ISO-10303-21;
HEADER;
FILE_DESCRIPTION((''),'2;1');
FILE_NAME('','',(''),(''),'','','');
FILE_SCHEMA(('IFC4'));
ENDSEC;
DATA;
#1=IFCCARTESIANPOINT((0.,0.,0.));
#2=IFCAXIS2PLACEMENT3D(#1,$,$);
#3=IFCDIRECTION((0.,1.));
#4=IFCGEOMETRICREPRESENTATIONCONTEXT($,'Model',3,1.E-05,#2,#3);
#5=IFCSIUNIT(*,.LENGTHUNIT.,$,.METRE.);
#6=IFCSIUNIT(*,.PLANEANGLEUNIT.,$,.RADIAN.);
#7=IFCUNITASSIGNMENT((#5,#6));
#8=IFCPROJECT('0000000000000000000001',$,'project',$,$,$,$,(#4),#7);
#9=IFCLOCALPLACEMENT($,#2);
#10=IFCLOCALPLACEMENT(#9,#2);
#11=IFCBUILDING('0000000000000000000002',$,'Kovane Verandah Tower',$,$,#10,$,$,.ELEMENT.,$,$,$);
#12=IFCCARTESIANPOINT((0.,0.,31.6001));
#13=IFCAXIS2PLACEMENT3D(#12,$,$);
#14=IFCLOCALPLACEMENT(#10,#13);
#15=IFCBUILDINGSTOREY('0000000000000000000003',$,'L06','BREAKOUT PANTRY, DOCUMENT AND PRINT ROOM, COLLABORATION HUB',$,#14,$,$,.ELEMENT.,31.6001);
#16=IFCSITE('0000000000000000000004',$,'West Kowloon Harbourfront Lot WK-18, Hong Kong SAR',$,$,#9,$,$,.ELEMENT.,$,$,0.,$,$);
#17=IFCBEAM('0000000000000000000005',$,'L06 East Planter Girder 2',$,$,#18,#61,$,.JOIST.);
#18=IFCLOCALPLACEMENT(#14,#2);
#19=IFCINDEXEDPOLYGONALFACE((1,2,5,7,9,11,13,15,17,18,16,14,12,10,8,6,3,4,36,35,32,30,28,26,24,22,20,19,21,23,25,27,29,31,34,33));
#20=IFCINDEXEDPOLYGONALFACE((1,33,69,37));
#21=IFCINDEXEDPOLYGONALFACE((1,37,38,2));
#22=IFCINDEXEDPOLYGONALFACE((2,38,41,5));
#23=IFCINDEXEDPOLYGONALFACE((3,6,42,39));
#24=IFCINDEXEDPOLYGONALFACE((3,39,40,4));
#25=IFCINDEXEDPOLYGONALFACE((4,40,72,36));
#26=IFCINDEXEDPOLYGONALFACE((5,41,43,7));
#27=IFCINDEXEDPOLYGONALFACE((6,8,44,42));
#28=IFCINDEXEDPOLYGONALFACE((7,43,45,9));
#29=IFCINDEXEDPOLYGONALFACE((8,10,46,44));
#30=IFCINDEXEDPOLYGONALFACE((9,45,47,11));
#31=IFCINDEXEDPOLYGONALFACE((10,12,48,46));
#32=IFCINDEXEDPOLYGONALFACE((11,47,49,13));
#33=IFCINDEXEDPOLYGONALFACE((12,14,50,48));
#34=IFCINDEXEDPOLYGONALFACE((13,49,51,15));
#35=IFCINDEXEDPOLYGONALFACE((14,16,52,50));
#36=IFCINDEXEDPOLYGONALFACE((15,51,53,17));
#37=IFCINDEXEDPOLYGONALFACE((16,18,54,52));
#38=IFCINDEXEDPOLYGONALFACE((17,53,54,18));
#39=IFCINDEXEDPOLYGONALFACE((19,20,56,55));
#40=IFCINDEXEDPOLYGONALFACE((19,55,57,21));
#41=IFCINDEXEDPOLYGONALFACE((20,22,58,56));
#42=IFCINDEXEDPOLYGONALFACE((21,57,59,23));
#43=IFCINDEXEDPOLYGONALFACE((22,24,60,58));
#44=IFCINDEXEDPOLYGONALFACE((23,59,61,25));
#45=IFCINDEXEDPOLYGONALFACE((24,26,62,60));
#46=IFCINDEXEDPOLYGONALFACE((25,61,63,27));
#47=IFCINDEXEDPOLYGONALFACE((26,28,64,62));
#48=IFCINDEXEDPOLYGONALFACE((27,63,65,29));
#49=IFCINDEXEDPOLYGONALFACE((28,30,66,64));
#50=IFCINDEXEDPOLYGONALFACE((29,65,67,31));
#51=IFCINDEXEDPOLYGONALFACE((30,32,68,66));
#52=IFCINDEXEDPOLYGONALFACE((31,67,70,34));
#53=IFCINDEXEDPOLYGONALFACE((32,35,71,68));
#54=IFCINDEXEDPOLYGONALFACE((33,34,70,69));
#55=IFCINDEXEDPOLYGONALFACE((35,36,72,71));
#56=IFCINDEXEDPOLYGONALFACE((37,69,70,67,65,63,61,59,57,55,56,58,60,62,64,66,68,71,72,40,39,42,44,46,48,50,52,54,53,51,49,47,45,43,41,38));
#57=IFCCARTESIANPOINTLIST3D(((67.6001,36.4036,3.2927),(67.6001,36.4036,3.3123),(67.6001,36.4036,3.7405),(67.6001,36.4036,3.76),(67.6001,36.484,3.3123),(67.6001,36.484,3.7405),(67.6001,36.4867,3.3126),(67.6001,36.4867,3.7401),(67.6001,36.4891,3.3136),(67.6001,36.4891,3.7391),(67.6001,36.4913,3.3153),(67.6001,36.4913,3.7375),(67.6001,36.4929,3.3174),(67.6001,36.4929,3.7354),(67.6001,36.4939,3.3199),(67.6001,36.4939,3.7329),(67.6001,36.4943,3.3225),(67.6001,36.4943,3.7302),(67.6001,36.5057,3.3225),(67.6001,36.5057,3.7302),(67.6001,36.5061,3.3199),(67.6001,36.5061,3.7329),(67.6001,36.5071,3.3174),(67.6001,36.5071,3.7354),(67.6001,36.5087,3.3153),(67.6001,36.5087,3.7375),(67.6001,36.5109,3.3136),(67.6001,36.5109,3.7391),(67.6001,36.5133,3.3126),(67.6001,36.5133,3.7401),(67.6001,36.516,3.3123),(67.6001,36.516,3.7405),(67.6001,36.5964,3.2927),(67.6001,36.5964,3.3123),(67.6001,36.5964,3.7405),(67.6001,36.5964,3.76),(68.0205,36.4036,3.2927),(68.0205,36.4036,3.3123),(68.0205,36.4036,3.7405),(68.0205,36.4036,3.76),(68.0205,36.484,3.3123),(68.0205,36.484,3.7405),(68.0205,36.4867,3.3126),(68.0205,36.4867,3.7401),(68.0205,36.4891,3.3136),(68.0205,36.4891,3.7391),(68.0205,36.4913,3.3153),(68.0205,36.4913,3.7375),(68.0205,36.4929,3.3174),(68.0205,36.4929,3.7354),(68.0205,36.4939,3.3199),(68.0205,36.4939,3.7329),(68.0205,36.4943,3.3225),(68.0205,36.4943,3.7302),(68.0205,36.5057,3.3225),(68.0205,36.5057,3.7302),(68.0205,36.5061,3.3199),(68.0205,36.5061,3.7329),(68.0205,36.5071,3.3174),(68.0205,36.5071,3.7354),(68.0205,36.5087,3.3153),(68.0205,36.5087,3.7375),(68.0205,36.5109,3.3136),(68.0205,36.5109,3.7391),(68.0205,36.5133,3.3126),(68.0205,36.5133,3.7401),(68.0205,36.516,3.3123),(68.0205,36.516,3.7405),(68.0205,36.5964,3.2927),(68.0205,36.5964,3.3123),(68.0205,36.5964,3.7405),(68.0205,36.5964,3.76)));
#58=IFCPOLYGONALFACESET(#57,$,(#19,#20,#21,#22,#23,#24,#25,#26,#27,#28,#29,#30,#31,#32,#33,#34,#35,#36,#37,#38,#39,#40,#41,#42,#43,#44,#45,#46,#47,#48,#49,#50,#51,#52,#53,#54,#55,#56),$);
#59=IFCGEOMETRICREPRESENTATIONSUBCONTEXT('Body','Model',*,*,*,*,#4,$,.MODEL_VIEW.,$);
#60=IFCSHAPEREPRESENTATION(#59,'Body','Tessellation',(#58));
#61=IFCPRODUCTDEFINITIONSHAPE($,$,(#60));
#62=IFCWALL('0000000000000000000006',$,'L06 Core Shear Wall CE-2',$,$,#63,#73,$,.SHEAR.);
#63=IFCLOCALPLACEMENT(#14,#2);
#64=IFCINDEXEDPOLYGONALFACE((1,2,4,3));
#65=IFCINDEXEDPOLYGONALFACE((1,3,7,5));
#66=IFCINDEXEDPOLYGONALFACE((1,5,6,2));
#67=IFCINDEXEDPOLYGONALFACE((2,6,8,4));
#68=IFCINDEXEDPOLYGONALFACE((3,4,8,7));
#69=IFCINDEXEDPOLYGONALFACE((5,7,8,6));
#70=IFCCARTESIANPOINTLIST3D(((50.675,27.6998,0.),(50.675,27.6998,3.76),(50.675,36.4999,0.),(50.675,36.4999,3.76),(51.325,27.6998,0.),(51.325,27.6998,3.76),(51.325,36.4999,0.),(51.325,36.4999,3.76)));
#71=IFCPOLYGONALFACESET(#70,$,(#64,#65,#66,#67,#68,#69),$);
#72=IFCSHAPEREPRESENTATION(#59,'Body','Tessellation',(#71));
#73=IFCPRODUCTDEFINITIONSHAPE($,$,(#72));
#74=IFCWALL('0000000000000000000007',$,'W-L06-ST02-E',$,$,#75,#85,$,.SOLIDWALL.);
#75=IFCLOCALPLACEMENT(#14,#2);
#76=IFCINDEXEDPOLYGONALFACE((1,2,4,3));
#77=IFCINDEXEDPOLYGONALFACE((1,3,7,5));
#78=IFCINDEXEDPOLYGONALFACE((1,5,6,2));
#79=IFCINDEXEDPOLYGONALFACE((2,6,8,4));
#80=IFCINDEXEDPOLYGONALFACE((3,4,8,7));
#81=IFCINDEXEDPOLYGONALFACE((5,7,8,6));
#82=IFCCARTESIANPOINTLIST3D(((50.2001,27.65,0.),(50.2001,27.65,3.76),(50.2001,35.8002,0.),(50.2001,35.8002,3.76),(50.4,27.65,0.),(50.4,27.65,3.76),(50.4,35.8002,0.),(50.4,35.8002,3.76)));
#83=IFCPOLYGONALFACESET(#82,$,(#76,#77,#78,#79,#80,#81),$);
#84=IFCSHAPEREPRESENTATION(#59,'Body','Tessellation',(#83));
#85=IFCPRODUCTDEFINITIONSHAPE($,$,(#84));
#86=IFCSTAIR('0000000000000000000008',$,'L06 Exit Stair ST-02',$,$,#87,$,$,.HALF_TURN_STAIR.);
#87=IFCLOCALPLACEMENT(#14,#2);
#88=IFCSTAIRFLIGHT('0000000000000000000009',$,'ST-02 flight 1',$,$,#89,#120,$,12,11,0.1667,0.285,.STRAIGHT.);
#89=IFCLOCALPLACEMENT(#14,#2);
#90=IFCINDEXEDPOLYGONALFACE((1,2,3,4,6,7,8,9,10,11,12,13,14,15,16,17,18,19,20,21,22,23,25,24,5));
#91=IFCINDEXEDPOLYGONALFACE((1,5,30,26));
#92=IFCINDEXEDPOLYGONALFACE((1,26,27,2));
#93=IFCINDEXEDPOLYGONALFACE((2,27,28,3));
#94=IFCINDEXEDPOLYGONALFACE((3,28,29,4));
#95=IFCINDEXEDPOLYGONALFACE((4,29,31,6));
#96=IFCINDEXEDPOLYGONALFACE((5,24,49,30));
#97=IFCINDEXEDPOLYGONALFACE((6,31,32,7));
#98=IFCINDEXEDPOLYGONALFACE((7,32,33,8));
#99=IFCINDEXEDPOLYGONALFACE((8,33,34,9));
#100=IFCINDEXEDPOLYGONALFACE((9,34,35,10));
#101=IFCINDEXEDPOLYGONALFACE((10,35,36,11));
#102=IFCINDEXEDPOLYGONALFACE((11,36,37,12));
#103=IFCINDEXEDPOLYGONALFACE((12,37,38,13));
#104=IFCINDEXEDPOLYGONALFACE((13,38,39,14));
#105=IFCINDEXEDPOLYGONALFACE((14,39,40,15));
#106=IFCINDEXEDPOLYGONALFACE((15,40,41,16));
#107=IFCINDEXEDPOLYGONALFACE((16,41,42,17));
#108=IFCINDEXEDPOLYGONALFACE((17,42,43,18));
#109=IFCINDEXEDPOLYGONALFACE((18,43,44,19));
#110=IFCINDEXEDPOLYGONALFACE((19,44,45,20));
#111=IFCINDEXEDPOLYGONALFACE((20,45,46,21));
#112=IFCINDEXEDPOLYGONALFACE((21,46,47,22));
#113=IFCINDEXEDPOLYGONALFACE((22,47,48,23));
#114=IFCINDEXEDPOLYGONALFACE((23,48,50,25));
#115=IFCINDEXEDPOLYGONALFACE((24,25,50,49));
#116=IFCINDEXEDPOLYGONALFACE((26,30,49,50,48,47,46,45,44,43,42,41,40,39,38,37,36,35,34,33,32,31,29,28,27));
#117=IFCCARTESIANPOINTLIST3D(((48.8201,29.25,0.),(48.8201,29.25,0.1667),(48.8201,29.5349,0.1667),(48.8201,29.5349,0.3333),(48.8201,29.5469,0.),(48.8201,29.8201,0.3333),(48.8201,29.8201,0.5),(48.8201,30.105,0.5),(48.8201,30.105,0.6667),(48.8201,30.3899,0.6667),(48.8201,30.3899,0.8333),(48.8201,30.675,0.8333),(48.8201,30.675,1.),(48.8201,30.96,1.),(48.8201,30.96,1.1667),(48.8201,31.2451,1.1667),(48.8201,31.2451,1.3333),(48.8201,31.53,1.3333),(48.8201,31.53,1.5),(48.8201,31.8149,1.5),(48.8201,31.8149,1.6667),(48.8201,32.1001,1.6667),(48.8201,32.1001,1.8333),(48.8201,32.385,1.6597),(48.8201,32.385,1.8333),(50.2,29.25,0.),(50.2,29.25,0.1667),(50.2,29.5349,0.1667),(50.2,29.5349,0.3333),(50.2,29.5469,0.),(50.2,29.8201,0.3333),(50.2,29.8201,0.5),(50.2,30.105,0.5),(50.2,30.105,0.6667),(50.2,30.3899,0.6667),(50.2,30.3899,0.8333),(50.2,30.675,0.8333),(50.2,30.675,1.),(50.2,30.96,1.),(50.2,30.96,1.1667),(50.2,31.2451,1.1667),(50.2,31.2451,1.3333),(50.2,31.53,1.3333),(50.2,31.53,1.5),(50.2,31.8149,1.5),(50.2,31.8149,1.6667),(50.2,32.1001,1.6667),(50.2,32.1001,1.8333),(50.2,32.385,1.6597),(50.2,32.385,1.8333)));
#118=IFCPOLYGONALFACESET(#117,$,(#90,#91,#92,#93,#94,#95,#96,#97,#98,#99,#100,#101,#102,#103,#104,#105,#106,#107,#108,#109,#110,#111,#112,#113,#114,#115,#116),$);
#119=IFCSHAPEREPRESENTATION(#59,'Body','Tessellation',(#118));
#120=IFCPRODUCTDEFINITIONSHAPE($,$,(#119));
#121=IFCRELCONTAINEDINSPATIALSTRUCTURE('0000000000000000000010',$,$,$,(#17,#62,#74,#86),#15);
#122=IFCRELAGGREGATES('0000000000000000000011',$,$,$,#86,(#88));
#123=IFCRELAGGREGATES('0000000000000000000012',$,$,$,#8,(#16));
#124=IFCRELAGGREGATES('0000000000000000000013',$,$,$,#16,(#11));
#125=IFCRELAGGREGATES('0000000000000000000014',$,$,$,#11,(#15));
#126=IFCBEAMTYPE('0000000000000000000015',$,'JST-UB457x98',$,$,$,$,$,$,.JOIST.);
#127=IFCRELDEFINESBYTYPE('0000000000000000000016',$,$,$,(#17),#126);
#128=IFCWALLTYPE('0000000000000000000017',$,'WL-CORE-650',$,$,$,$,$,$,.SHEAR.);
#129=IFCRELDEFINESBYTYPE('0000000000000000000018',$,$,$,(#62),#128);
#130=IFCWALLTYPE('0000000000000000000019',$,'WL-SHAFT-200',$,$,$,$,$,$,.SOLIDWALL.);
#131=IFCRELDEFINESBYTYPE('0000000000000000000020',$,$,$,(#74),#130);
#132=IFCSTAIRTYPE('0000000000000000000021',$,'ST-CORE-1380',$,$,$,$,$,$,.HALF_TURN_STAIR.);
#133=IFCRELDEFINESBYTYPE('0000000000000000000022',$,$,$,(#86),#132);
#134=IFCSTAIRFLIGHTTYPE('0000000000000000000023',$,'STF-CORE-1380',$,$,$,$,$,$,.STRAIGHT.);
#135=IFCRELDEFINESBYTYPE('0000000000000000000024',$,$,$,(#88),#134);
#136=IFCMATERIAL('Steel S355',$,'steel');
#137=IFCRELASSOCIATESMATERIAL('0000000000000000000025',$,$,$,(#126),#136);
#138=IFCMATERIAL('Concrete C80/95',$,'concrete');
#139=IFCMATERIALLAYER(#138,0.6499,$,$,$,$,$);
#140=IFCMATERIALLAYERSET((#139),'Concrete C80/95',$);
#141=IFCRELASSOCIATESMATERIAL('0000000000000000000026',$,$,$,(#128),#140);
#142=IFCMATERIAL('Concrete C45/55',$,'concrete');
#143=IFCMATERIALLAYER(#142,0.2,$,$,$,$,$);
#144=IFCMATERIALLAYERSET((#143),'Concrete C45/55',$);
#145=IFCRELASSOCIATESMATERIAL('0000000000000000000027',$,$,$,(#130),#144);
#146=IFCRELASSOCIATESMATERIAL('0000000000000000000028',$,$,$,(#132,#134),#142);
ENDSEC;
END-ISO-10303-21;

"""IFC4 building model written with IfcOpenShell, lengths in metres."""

from ifc_helpers import new_model, si_unit, direction, frame, frame_2d, origin, origin_2d, place, context, subcontext, project, spatial, polyline, rectangle, i_section, outline, extrude, material, layer, layer_set, material_profile, profile_set, type_object, element, aggregate, save


model = new_model("IFC4")

# Units and contexts
model_context = context("Model", 3, precision=1e-05, world=origin(), true_north=direction((0.0, 1.0)))
body_context = subcontext(model_context, "Body", "Model", "MODEL_VIEW")
ifc_project = project(units=[si_unit("LENGTHUNIT", "METRE"), si_unit("PLANEANGLEUNIT", "RADIAN")], contexts=[model_context])

# Site, building, storey
site_placement = place(None, origin())
site = spatial("IfcSite", under=ifc_project, at=site_placement, Name="West Kowloon Harbourfront Lot WK-18, Hong Kong SAR", CompositionType="ELEMENT", RefElevation=0.0)
building_placement = place(site_placement, origin())
building = spatial("IfcBuilding", under=site, at=building_placement, Name="Kovane Verandah Tower", CompositionType="ELEMENT")
storey_placement = place(building_placement, frame((0.0, 0.0, 31.6001)))
storey = spatial("IfcBuildingStorey", under=building, at=storey_placement, Name="L06", Description="BREAKOUT PANTRY, DOCUMENT AND PRINT ROOM, COLLABORATION HUB", CompositionType="ELEMENT", Elevation=31.6001)

# Shared definitions
ifc_material_1 = material(Name="Concrete C80/95", Category="concrete")

# Beam
ifc_material_2 = material(Name="Steel S355", Category="steel")
ifc_material_profile_1 = material_profile(ifc_material_2, i_section(OverallWidth=0.1929, OverallDepth=0.4673, WebThickness=0.0115, FlangeThickness=0.0195, FilletRadius=0.0103, at=origin_2d()), Name="UB457x191x98")
ifc_profile_set_1 = profile_set([ifc_material_profile_1], Name="Steel S355")
beam_type_1 = type_object("IfcBeamType", Name="JST-UB457x98", PredefinedType="JOIST", material=ifc_profile_set_1)
beam_1_placement = place(storey_placement, frame((67.6001, 36.5, 3.5264), z_axis=(1.0, 0.0, 0.0), x_axis=(0.0, 1.0, 0.0)))
element("IfcBeam", 1, at=beam_1_placement, inside=storey, type_object=beam_type_1, Name="L06 East Planter Girder 2", PredefinedType="JOIST", context=body_context, shape_type="SweptSolid", body=[
    extrude(i_section(OverallWidth=0.1929, OverallDepth=0.4673, WebThickness=0.0115, FlangeThickness=0.0195, FilletRadius=0.0103, at=origin_2d()), origin(), (0.0, 0.0, 1.0), 0.4204),
])

# Walls
ifc_layer_1 = layer(ifc_material_1, 0.6499)
ifc_layer_set_1 = layer_set([ifc_layer_1], Name="Concrete C80/95")
wall_type_1 = type_object("IfcWallType", Name="WL-CORE-650", PredefinedType="SHEAR", material=ifc_layer_set_1)
wall_1_placement = place(storey_placement, frame((51.0, 27.7, 0.0), z_axis=(0.0, 0.0, 1.0), x_axis=(0.0, 1.0, 0.0)))
element("IfcWall", 2, at=wall_1_placement, inside=storey, type_object=wall_type_1, Name="L06 Core Shear Wall CE-2", PredefinedType="SHEAR", context=body_context, shape_type="SweptSolid", body=[
    extrude(rectangle(XDim=8.8, YDim=0.6499, at=frame_2d((4.3999, 0.0))), origin(), (0.0, 0.0, 1.0), 3.76),
])
ifc_material_3 = material(Name="Concrete C45/55", Category="concrete")
ifc_layer_2 = layer(ifc_material_3, 0.2)
ifc_layer_set_2 = layer_set([ifc_layer_2], Name="Concrete C45/55")
wall_type_2 = type_object("IfcWallType", Name="WL-SHAFT-200", PredefinedType="SOLIDWALL", material=ifc_layer_set_2)
wall_2_placement = place(storey_placement, frame((50.3, 27.6499, 0.0), z_axis=(0.0, 0.0, 1.0), x_axis=(0.0, 1.0, 0.0)))
element("IfcWall", 3, at=wall_2_placement, inside=storey, type_object=wall_type_2, Name="W-L06-ST02-E", PredefinedType="SOLIDWALL", context=body_context, shape_type="SweptSolid", body=[
    extrude(rectangle(XDim=8.1501, YDim=0.2, at=frame_2d((4.0752, 0.0))), origin(), (0.0, 0.0, 1.0), 3.76),
])

# Stair, stair flight
stair_type = type_object("IfcStairType", Name="ST-CORE-1380", PredefinedType="HALF_TURN_STAIR", material=ifc_material_3)
stair_placement = place(storey_placement, origin())
stair = element("IfcStair", 4, at=stair_placement, inside=storey, type_object=stair_type, Name="L06 Exit Stair ST-02", PredefinedType="HALF_TURN_STAIR")
stair_flight_type = type_object("IfcStairFlightType", Name="STF-CORE-1380", PredefinedType="STRAIGHT", material=ifc_material_3)
stair_flight_placement = place(storey_placement, frame((49.51, 29.25, 0.0), z_axis=(0.0, 0.0, 1.0), x_axis=(0.0, 1.0, 0.0)))
stair_flight = element("IfcStairFlight", 5, at=stair_flight_placement, type_object=stair_flight_type, Name="ST-02 flight 1", NumberOfRisers=12, NumberOfTreads=11, PredefinedType="STRAIGHT", RiserHeight=0.1667, TreadLength=0.285, context=body_context, shape_type="SweptSolid", body=[
    extrude(outline(polyline([(0.0, 0.0), (0.0, 0.1667), (0.2849, 0.1667), (0.2849, 0.3333), (0.5701, 0.3333), (0.5701, 0.5), (0.855, 0.5), (0.855, 0.6667), (1.1399, 0.6667), (1.1399, 0.8333), (1.425, 0.8333), (1.425, 1.0), (1.71, 1.0), (1.71, 1.1667), (1.9951, 1.1667), (1.9951, 1.3333), (2.28, 1.3333), (2.28, 1.5), (2.5649, 1.5), (2.5649, 1.6667), (2.8501, 1.6667), (2.8501, 1.8333), (3.135, 1.8333), (3.135, 2.0), (3.135, 1.6597), (0.2969, 0.0), (0.0, 0.0)])), frame((0.0, 0.6899, 0.0), z_axis=(0.0, -1.0, 0.0), x_axis=(1.0, 0.0, 0.0)), (0.0, 0.0, 1.0), 1.3799),
])
aggregate(stair, [stair_flight])

save(model, "model.ifc")
